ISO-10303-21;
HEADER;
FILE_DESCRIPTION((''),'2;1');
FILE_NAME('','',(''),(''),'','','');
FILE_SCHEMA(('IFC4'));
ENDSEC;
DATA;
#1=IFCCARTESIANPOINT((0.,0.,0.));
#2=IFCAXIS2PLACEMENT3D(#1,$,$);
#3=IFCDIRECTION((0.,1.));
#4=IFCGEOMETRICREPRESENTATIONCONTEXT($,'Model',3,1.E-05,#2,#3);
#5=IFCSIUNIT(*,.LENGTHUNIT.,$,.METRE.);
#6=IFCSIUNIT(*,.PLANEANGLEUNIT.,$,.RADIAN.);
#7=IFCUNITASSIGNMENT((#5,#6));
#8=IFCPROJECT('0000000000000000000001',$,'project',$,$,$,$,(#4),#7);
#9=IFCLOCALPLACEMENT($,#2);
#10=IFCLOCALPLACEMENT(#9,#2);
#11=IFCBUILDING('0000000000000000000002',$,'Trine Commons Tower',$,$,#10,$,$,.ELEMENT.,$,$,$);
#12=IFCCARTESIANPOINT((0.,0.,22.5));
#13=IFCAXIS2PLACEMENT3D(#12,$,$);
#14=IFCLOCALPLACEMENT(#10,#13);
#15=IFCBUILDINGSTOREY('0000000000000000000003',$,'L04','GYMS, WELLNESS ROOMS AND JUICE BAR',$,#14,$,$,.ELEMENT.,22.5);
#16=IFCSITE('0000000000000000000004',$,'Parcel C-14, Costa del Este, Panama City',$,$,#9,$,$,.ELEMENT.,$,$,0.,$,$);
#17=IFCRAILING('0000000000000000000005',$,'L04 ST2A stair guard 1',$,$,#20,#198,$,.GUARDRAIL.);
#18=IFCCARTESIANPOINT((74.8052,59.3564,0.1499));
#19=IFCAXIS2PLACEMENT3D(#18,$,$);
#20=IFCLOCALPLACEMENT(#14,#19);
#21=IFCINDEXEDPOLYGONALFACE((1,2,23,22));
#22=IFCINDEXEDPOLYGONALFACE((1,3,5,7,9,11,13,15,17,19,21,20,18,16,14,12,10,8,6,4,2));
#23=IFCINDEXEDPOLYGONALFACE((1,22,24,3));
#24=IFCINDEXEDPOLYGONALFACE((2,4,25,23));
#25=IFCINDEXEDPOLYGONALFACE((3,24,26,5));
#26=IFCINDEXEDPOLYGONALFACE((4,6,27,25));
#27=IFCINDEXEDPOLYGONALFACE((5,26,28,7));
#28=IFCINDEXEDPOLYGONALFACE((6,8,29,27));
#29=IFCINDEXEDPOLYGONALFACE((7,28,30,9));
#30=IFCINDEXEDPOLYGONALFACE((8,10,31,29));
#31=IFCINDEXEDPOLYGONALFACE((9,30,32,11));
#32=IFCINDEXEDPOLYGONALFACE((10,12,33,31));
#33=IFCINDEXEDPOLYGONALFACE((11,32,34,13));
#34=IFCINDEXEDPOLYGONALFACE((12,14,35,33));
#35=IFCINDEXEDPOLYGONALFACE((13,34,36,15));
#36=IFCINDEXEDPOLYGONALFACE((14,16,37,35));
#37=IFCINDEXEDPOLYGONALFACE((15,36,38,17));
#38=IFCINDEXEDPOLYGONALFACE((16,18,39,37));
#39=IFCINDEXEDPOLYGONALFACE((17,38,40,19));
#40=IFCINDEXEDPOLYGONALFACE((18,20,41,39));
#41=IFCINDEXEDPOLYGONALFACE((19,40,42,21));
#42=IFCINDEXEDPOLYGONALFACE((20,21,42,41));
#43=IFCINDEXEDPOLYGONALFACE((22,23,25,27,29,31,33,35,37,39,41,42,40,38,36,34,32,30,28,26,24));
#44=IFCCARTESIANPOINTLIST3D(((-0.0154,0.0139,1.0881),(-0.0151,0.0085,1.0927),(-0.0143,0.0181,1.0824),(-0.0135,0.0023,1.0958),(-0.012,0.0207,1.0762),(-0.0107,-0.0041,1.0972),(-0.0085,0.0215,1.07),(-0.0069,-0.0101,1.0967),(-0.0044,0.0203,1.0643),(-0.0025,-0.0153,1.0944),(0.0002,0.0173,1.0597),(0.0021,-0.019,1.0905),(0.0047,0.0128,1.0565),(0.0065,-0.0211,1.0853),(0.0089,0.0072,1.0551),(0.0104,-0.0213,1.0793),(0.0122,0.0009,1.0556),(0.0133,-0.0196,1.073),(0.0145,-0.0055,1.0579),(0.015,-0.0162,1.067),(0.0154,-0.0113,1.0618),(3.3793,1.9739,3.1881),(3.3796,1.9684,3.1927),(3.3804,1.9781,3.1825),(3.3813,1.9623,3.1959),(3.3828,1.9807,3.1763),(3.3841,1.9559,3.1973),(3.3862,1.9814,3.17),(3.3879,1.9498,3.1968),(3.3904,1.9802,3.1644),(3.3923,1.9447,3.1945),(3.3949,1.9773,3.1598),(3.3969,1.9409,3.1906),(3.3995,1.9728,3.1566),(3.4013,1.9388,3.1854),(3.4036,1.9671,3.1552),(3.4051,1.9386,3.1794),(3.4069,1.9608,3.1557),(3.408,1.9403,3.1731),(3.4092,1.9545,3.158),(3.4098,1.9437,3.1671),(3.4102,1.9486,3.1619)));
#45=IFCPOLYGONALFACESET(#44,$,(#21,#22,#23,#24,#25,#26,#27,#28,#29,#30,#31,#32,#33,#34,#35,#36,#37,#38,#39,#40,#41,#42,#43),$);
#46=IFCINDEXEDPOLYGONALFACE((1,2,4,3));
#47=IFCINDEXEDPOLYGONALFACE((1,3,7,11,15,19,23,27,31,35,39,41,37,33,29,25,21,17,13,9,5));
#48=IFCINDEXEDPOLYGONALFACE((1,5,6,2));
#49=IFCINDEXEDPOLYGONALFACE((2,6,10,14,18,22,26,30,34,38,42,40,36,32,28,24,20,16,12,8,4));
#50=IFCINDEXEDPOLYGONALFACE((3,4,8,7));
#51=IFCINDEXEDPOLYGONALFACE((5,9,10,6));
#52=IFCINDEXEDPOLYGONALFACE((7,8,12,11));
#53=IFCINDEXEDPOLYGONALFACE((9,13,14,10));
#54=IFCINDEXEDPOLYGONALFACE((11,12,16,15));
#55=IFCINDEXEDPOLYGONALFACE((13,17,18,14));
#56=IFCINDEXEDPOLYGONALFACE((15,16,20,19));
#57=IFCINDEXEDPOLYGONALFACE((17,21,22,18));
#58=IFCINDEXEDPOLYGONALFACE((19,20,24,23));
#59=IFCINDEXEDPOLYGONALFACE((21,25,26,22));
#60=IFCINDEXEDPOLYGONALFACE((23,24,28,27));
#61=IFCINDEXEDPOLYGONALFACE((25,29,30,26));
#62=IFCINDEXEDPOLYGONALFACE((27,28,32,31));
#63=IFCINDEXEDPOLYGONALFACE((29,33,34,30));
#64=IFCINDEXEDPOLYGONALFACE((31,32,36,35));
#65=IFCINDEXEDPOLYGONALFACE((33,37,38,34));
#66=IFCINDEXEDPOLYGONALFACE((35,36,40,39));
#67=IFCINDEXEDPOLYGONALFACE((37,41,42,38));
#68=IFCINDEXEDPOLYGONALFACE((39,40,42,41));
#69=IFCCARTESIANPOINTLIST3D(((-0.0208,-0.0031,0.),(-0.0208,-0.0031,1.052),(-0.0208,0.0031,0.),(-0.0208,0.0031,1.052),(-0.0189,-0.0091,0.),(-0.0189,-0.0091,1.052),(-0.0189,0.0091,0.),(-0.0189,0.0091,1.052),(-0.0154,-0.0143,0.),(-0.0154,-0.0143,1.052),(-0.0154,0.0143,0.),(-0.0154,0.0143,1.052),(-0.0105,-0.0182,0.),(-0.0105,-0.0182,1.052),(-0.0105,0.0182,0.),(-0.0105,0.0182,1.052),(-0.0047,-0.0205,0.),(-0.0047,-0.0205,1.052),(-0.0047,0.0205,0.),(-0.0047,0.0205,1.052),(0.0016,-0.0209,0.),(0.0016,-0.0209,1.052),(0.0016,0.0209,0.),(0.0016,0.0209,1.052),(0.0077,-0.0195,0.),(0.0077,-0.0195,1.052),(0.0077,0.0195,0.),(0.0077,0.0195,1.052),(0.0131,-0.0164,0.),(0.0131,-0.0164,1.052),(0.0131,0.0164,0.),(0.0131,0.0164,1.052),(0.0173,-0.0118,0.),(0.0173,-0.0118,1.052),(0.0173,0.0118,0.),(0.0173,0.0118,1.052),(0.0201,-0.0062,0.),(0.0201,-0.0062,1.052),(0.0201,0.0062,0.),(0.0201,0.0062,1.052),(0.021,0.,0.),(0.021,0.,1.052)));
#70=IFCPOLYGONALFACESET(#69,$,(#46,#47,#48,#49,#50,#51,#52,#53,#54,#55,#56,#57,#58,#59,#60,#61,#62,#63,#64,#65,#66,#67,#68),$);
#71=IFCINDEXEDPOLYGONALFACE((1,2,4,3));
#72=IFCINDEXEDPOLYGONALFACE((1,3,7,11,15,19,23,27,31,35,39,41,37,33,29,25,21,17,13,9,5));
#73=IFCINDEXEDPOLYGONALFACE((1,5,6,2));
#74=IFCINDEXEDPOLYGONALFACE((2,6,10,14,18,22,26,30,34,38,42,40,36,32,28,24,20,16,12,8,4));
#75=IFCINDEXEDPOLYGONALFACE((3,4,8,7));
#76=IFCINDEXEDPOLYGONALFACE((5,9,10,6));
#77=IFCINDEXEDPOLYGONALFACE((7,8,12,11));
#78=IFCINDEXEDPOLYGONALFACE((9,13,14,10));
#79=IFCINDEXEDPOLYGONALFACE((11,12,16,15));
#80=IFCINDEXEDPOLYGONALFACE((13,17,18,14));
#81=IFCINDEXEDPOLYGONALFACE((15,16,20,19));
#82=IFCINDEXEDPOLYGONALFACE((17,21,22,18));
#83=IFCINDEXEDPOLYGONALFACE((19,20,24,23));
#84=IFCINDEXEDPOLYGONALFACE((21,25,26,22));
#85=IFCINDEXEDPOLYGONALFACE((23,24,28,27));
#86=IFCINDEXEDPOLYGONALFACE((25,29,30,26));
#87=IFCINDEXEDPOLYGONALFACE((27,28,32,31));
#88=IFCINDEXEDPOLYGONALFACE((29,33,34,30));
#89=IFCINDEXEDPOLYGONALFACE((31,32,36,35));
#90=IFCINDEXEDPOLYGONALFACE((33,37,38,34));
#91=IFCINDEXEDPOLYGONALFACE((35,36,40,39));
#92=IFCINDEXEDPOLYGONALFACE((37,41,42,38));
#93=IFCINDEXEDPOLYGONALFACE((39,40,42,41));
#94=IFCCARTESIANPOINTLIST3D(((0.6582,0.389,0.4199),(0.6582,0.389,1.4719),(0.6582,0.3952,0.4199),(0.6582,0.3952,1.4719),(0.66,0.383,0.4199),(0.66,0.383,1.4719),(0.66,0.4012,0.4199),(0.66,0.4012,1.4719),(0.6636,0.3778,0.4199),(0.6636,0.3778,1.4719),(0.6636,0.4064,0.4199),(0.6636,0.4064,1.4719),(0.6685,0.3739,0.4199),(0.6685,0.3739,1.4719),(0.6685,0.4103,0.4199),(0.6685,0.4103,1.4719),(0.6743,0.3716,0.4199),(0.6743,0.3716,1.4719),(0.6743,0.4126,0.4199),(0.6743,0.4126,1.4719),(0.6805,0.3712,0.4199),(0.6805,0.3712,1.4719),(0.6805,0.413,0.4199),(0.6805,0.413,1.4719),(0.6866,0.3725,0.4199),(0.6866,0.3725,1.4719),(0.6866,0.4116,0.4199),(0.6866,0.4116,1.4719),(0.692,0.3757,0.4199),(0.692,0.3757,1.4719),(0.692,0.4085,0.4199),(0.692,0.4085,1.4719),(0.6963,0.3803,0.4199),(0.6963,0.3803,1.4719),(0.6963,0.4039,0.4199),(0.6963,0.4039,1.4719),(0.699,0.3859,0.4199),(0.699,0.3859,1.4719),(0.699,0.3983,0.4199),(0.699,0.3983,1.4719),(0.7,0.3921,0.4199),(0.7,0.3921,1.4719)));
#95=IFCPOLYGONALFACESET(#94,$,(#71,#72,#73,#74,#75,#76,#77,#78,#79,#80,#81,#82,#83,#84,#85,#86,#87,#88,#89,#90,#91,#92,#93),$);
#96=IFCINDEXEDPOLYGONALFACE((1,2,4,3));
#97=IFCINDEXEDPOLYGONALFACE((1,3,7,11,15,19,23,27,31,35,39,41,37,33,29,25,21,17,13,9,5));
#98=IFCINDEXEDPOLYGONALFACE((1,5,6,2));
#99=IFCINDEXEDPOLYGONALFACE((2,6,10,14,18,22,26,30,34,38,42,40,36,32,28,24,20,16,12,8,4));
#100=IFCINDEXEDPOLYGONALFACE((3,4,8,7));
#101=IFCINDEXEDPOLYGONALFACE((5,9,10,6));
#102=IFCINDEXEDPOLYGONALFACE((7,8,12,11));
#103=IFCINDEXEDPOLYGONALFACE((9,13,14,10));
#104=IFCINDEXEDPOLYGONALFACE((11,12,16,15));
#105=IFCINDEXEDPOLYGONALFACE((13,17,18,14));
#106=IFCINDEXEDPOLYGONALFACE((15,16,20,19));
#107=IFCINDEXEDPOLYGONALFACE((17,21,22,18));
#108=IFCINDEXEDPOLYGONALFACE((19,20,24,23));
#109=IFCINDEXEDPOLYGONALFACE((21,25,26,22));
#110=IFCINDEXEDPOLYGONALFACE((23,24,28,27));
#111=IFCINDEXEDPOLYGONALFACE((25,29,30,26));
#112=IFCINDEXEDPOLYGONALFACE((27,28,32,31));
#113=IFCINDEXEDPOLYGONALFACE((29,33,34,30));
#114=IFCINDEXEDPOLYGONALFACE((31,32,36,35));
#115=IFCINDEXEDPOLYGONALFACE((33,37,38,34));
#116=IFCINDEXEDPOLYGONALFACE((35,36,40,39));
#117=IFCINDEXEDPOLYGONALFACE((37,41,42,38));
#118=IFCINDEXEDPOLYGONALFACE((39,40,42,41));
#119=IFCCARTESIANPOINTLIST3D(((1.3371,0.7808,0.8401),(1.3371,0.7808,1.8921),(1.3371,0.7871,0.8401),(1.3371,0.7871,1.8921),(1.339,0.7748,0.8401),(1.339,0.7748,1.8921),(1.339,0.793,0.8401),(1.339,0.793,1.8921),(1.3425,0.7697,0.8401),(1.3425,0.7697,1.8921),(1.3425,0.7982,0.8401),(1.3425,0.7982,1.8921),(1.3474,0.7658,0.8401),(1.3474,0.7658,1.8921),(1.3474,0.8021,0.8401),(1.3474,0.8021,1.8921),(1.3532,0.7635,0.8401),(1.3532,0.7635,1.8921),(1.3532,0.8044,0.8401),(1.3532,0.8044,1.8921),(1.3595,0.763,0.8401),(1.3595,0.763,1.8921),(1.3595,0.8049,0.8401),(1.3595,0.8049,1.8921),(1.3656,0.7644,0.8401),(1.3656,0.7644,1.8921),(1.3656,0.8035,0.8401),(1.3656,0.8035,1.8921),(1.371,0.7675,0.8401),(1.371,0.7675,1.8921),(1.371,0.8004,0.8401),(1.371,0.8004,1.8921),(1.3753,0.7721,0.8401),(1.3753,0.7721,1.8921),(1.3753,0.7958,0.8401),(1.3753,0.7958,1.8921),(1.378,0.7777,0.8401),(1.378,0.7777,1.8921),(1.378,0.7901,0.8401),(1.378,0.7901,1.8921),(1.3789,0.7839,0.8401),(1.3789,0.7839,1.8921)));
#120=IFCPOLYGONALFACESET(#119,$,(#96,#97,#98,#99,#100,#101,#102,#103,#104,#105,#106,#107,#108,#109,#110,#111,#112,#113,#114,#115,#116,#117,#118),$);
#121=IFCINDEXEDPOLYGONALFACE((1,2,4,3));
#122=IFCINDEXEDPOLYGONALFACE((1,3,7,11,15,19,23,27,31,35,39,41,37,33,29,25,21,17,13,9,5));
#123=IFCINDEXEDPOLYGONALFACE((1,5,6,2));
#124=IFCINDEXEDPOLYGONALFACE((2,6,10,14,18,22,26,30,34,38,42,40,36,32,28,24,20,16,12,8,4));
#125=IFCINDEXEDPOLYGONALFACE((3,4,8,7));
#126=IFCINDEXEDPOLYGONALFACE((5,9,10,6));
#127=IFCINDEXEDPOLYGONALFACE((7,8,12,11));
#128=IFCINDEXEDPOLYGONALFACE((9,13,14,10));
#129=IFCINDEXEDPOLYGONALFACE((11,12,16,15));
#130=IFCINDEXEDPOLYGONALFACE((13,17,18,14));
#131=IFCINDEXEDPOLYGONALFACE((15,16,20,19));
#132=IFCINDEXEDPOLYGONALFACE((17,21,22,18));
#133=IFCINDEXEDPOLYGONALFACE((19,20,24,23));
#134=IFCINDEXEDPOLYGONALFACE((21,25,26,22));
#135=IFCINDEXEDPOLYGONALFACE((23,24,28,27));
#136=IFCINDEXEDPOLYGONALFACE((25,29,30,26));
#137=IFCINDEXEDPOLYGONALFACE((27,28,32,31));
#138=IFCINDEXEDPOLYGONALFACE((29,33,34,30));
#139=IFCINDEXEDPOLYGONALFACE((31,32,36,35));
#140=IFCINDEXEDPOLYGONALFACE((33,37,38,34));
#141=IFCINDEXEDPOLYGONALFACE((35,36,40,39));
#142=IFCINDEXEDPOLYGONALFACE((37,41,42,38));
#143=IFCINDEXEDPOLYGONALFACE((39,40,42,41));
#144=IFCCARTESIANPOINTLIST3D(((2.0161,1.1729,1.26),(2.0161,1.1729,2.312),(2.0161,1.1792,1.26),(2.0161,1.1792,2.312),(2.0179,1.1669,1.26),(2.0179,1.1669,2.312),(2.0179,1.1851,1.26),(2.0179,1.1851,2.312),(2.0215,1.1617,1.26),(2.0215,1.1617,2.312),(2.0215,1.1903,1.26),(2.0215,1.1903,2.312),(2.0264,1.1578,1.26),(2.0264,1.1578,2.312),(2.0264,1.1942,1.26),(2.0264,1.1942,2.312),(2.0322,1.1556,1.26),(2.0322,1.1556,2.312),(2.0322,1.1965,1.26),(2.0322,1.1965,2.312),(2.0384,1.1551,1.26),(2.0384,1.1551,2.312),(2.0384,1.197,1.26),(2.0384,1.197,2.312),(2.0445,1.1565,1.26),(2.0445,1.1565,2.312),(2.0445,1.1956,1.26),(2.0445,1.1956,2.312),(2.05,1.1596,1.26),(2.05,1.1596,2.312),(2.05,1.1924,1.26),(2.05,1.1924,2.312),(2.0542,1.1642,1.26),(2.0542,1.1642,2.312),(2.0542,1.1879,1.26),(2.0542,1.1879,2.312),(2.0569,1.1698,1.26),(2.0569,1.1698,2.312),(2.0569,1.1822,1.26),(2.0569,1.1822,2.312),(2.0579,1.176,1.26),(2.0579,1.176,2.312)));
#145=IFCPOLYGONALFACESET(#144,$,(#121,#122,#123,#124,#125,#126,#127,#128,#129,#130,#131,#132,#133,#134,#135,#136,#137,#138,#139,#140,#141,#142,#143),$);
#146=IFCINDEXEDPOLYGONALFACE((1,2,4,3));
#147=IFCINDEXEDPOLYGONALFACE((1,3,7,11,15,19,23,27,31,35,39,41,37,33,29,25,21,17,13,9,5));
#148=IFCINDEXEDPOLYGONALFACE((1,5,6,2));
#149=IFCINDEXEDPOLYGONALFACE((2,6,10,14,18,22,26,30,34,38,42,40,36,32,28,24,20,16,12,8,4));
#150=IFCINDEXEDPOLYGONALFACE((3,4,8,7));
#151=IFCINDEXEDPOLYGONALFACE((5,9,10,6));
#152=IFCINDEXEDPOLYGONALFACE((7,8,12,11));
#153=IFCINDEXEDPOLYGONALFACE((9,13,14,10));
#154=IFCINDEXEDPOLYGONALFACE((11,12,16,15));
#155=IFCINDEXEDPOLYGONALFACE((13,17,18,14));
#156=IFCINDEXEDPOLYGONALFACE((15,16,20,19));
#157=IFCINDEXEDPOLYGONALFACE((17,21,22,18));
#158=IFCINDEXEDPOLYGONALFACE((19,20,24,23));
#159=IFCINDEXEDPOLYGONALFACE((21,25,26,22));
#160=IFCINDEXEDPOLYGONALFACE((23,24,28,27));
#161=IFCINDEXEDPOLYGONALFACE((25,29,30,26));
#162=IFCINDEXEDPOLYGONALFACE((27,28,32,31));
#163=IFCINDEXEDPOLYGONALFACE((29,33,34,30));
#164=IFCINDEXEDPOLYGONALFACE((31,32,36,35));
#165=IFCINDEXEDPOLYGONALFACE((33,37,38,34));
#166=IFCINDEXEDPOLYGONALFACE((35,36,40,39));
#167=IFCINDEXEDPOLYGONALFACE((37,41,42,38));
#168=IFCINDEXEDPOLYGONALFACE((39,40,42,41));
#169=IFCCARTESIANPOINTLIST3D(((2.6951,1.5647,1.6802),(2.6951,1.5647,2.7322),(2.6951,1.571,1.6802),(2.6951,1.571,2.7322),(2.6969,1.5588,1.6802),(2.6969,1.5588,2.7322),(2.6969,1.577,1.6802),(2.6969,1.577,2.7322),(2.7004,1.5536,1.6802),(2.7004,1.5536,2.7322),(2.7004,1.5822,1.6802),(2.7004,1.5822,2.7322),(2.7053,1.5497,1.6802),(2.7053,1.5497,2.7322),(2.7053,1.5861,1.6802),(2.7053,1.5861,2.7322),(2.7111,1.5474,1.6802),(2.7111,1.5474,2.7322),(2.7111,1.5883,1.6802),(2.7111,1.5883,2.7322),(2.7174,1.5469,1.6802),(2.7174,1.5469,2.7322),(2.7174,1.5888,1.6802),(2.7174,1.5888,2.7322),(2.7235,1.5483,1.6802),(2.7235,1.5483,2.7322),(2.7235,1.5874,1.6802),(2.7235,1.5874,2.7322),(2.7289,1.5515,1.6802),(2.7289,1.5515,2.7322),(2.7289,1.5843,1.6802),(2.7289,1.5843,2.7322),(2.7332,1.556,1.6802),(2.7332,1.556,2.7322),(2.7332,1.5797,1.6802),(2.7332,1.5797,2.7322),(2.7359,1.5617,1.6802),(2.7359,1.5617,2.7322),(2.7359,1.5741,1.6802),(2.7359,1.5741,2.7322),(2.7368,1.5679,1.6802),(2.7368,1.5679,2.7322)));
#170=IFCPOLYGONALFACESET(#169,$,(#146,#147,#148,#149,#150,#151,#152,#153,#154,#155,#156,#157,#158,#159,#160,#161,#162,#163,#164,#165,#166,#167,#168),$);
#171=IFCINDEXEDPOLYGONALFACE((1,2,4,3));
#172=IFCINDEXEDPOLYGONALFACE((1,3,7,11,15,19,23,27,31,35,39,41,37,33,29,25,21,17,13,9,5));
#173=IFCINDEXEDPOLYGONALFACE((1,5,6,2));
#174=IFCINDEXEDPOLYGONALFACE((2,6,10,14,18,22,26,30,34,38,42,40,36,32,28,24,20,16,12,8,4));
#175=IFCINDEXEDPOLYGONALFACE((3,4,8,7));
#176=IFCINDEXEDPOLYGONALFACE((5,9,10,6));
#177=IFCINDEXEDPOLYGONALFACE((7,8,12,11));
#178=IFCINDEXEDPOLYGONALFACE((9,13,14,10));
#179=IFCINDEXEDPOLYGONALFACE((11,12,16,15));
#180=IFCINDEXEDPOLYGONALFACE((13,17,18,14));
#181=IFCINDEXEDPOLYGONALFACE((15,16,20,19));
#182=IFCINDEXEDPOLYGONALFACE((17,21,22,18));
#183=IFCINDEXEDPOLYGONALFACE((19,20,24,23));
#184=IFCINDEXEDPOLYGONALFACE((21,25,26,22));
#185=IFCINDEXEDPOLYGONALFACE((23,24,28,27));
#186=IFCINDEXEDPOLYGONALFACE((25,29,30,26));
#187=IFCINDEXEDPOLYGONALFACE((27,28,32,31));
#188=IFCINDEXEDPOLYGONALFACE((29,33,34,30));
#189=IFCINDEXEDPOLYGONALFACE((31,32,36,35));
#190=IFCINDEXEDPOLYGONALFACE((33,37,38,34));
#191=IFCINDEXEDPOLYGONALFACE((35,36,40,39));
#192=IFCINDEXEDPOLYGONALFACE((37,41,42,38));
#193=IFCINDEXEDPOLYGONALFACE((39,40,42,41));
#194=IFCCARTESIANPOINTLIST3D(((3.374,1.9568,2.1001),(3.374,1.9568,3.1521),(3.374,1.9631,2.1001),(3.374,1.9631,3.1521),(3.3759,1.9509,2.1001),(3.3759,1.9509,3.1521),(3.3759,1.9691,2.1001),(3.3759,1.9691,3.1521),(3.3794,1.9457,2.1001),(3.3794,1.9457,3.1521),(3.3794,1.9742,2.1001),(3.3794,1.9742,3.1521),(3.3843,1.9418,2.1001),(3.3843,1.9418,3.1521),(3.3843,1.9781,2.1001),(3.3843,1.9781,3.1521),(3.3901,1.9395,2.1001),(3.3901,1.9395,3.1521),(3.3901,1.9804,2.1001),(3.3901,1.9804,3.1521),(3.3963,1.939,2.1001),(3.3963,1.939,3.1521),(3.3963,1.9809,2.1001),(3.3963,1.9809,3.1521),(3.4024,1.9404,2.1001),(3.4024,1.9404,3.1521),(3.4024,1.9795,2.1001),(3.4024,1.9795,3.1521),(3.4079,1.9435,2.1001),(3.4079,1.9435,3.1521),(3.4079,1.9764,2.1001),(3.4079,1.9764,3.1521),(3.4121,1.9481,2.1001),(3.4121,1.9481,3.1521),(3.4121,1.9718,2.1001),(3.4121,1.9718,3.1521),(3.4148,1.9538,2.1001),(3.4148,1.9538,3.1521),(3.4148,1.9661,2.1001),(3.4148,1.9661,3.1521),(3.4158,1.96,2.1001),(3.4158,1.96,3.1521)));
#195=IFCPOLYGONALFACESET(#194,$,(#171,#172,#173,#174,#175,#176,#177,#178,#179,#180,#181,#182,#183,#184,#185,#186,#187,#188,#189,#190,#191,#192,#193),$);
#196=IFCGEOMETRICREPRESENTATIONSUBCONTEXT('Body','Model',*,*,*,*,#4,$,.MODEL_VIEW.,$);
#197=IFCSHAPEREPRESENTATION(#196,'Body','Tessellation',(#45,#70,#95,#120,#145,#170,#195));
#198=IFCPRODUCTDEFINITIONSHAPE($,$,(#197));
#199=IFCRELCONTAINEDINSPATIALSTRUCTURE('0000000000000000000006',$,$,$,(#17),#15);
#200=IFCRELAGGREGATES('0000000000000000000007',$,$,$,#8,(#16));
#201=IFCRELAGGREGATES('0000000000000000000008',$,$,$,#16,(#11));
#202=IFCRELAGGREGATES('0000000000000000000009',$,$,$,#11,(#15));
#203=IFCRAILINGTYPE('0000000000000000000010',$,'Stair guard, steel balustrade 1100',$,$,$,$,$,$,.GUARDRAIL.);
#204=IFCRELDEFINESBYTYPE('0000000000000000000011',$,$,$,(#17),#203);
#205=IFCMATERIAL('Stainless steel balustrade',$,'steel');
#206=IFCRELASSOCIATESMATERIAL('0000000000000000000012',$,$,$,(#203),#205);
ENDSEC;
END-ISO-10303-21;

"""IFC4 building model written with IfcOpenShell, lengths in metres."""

from ifc_helpers import new_model, si_unit, direction, frame, origin, origin_2d, place, context, subcontext, project, spatial, circle, extrude, material, type_object, element, save


model = new_model("IFC4")

# Units and contexts
model_context = context("Model", 3, precision=1e-05, world=origin(), true_north=direction((0.0, 1.0)))
body_context = subcontext(model_context, "Body", "Model", "MODEL_VIEW")
ifc_project = project(units=[si_unit("LENGTHUNIT", "METRE"), si_unit("PLANEANGLEUNIT", "RADIAN")], contexts=[model_context])

# Site, building, storey
site_placement = place(None, origin())
site = spatial("IfcSite", under=ifc_project, at=site_placement, Name="Parcel C-14, Costa del Este, Panama City", CompositionType="ELEMENT", RefElevation=0.0)
building_placement = place(site_placement, origin())
building = spatial("IfcBuilding", under=site, at=building_placement, Name="Trine Commons Tower", CompositionType="ELEMENT")
storey_placement = place(building_placement, frame((0.0, 0.0, 22.5)))
storey = spatial("IfcBuildingStorey", under=building, at=storey_placement, Name="L04", Description="GYMS, WELLNESS ROOMS AND JUICE BAR", CompositionType="ELEMENT", Elevation=22.5)

# Railing
ifc_material_1 = material(Name="Stainless steel balustrade", Category="steel")
railing_type_1 = type_object("IfcRailingType", Name="Stair guard, steel balustrade 1100", PredefinedType="GUARDRAIL", material=ifc_material_1)
railing_1_placement = place(storey_placement, frame((74.8052, 59.3564, 0.1499)))
element("IfcRailing", 1, at=railing_1_placement, inside=storey, type_object=railing_type_1, Name="L04 ST2A stair guard 1", PredefinedType="GUARDRAIL", context=body_context, shape_type="SweptSolid", body=[
    extrude(circle(Radius=0.0239, at=origin_2d()), frame((0.0, 0.0, 1.0762), z_axis=(0.763375, 0.440732, 0.472244), x_axis=(-0.499997, 0.866027, 0.0)), (0.0, 0.0, 1.0), 4.447),
    extrude(circle(Radius=0.021, at=origin_2d()), origin(), (0.0, 0.0, 1.0), 1.052),
    extrude(circle(Radius=0.021, at=origin_2d()), frame((0.679, 0.3921, 0.4199)), (0.0, 0.0, 1.0), 1.052),
    extrude(circle(Radius=0.021, at=origin_2d()), frame((1.3579, 0.7839, 0.8401)), (0.0, 0.0, 1.0), 1.052),
    extrude(circle(Radius=0.021, at=origin_2d()), frame((2.0369, 1.176, 1.26)), (0.0, 0.0, 1.0), 1.052),
    extrude(circle(Radius=0.021, at=origin_2d()), frame((2.7158, 1.5679, 1.6802)), (0.0, 0.0, 1.0), 1.052),
    extrude(circle(Radius=0.021, at=origin_2d()), frame((3.3948, 1.96, 2.1001)), (0.0, 0.0, 1.0), 1.052),
])

save(model, "model.ifc")
